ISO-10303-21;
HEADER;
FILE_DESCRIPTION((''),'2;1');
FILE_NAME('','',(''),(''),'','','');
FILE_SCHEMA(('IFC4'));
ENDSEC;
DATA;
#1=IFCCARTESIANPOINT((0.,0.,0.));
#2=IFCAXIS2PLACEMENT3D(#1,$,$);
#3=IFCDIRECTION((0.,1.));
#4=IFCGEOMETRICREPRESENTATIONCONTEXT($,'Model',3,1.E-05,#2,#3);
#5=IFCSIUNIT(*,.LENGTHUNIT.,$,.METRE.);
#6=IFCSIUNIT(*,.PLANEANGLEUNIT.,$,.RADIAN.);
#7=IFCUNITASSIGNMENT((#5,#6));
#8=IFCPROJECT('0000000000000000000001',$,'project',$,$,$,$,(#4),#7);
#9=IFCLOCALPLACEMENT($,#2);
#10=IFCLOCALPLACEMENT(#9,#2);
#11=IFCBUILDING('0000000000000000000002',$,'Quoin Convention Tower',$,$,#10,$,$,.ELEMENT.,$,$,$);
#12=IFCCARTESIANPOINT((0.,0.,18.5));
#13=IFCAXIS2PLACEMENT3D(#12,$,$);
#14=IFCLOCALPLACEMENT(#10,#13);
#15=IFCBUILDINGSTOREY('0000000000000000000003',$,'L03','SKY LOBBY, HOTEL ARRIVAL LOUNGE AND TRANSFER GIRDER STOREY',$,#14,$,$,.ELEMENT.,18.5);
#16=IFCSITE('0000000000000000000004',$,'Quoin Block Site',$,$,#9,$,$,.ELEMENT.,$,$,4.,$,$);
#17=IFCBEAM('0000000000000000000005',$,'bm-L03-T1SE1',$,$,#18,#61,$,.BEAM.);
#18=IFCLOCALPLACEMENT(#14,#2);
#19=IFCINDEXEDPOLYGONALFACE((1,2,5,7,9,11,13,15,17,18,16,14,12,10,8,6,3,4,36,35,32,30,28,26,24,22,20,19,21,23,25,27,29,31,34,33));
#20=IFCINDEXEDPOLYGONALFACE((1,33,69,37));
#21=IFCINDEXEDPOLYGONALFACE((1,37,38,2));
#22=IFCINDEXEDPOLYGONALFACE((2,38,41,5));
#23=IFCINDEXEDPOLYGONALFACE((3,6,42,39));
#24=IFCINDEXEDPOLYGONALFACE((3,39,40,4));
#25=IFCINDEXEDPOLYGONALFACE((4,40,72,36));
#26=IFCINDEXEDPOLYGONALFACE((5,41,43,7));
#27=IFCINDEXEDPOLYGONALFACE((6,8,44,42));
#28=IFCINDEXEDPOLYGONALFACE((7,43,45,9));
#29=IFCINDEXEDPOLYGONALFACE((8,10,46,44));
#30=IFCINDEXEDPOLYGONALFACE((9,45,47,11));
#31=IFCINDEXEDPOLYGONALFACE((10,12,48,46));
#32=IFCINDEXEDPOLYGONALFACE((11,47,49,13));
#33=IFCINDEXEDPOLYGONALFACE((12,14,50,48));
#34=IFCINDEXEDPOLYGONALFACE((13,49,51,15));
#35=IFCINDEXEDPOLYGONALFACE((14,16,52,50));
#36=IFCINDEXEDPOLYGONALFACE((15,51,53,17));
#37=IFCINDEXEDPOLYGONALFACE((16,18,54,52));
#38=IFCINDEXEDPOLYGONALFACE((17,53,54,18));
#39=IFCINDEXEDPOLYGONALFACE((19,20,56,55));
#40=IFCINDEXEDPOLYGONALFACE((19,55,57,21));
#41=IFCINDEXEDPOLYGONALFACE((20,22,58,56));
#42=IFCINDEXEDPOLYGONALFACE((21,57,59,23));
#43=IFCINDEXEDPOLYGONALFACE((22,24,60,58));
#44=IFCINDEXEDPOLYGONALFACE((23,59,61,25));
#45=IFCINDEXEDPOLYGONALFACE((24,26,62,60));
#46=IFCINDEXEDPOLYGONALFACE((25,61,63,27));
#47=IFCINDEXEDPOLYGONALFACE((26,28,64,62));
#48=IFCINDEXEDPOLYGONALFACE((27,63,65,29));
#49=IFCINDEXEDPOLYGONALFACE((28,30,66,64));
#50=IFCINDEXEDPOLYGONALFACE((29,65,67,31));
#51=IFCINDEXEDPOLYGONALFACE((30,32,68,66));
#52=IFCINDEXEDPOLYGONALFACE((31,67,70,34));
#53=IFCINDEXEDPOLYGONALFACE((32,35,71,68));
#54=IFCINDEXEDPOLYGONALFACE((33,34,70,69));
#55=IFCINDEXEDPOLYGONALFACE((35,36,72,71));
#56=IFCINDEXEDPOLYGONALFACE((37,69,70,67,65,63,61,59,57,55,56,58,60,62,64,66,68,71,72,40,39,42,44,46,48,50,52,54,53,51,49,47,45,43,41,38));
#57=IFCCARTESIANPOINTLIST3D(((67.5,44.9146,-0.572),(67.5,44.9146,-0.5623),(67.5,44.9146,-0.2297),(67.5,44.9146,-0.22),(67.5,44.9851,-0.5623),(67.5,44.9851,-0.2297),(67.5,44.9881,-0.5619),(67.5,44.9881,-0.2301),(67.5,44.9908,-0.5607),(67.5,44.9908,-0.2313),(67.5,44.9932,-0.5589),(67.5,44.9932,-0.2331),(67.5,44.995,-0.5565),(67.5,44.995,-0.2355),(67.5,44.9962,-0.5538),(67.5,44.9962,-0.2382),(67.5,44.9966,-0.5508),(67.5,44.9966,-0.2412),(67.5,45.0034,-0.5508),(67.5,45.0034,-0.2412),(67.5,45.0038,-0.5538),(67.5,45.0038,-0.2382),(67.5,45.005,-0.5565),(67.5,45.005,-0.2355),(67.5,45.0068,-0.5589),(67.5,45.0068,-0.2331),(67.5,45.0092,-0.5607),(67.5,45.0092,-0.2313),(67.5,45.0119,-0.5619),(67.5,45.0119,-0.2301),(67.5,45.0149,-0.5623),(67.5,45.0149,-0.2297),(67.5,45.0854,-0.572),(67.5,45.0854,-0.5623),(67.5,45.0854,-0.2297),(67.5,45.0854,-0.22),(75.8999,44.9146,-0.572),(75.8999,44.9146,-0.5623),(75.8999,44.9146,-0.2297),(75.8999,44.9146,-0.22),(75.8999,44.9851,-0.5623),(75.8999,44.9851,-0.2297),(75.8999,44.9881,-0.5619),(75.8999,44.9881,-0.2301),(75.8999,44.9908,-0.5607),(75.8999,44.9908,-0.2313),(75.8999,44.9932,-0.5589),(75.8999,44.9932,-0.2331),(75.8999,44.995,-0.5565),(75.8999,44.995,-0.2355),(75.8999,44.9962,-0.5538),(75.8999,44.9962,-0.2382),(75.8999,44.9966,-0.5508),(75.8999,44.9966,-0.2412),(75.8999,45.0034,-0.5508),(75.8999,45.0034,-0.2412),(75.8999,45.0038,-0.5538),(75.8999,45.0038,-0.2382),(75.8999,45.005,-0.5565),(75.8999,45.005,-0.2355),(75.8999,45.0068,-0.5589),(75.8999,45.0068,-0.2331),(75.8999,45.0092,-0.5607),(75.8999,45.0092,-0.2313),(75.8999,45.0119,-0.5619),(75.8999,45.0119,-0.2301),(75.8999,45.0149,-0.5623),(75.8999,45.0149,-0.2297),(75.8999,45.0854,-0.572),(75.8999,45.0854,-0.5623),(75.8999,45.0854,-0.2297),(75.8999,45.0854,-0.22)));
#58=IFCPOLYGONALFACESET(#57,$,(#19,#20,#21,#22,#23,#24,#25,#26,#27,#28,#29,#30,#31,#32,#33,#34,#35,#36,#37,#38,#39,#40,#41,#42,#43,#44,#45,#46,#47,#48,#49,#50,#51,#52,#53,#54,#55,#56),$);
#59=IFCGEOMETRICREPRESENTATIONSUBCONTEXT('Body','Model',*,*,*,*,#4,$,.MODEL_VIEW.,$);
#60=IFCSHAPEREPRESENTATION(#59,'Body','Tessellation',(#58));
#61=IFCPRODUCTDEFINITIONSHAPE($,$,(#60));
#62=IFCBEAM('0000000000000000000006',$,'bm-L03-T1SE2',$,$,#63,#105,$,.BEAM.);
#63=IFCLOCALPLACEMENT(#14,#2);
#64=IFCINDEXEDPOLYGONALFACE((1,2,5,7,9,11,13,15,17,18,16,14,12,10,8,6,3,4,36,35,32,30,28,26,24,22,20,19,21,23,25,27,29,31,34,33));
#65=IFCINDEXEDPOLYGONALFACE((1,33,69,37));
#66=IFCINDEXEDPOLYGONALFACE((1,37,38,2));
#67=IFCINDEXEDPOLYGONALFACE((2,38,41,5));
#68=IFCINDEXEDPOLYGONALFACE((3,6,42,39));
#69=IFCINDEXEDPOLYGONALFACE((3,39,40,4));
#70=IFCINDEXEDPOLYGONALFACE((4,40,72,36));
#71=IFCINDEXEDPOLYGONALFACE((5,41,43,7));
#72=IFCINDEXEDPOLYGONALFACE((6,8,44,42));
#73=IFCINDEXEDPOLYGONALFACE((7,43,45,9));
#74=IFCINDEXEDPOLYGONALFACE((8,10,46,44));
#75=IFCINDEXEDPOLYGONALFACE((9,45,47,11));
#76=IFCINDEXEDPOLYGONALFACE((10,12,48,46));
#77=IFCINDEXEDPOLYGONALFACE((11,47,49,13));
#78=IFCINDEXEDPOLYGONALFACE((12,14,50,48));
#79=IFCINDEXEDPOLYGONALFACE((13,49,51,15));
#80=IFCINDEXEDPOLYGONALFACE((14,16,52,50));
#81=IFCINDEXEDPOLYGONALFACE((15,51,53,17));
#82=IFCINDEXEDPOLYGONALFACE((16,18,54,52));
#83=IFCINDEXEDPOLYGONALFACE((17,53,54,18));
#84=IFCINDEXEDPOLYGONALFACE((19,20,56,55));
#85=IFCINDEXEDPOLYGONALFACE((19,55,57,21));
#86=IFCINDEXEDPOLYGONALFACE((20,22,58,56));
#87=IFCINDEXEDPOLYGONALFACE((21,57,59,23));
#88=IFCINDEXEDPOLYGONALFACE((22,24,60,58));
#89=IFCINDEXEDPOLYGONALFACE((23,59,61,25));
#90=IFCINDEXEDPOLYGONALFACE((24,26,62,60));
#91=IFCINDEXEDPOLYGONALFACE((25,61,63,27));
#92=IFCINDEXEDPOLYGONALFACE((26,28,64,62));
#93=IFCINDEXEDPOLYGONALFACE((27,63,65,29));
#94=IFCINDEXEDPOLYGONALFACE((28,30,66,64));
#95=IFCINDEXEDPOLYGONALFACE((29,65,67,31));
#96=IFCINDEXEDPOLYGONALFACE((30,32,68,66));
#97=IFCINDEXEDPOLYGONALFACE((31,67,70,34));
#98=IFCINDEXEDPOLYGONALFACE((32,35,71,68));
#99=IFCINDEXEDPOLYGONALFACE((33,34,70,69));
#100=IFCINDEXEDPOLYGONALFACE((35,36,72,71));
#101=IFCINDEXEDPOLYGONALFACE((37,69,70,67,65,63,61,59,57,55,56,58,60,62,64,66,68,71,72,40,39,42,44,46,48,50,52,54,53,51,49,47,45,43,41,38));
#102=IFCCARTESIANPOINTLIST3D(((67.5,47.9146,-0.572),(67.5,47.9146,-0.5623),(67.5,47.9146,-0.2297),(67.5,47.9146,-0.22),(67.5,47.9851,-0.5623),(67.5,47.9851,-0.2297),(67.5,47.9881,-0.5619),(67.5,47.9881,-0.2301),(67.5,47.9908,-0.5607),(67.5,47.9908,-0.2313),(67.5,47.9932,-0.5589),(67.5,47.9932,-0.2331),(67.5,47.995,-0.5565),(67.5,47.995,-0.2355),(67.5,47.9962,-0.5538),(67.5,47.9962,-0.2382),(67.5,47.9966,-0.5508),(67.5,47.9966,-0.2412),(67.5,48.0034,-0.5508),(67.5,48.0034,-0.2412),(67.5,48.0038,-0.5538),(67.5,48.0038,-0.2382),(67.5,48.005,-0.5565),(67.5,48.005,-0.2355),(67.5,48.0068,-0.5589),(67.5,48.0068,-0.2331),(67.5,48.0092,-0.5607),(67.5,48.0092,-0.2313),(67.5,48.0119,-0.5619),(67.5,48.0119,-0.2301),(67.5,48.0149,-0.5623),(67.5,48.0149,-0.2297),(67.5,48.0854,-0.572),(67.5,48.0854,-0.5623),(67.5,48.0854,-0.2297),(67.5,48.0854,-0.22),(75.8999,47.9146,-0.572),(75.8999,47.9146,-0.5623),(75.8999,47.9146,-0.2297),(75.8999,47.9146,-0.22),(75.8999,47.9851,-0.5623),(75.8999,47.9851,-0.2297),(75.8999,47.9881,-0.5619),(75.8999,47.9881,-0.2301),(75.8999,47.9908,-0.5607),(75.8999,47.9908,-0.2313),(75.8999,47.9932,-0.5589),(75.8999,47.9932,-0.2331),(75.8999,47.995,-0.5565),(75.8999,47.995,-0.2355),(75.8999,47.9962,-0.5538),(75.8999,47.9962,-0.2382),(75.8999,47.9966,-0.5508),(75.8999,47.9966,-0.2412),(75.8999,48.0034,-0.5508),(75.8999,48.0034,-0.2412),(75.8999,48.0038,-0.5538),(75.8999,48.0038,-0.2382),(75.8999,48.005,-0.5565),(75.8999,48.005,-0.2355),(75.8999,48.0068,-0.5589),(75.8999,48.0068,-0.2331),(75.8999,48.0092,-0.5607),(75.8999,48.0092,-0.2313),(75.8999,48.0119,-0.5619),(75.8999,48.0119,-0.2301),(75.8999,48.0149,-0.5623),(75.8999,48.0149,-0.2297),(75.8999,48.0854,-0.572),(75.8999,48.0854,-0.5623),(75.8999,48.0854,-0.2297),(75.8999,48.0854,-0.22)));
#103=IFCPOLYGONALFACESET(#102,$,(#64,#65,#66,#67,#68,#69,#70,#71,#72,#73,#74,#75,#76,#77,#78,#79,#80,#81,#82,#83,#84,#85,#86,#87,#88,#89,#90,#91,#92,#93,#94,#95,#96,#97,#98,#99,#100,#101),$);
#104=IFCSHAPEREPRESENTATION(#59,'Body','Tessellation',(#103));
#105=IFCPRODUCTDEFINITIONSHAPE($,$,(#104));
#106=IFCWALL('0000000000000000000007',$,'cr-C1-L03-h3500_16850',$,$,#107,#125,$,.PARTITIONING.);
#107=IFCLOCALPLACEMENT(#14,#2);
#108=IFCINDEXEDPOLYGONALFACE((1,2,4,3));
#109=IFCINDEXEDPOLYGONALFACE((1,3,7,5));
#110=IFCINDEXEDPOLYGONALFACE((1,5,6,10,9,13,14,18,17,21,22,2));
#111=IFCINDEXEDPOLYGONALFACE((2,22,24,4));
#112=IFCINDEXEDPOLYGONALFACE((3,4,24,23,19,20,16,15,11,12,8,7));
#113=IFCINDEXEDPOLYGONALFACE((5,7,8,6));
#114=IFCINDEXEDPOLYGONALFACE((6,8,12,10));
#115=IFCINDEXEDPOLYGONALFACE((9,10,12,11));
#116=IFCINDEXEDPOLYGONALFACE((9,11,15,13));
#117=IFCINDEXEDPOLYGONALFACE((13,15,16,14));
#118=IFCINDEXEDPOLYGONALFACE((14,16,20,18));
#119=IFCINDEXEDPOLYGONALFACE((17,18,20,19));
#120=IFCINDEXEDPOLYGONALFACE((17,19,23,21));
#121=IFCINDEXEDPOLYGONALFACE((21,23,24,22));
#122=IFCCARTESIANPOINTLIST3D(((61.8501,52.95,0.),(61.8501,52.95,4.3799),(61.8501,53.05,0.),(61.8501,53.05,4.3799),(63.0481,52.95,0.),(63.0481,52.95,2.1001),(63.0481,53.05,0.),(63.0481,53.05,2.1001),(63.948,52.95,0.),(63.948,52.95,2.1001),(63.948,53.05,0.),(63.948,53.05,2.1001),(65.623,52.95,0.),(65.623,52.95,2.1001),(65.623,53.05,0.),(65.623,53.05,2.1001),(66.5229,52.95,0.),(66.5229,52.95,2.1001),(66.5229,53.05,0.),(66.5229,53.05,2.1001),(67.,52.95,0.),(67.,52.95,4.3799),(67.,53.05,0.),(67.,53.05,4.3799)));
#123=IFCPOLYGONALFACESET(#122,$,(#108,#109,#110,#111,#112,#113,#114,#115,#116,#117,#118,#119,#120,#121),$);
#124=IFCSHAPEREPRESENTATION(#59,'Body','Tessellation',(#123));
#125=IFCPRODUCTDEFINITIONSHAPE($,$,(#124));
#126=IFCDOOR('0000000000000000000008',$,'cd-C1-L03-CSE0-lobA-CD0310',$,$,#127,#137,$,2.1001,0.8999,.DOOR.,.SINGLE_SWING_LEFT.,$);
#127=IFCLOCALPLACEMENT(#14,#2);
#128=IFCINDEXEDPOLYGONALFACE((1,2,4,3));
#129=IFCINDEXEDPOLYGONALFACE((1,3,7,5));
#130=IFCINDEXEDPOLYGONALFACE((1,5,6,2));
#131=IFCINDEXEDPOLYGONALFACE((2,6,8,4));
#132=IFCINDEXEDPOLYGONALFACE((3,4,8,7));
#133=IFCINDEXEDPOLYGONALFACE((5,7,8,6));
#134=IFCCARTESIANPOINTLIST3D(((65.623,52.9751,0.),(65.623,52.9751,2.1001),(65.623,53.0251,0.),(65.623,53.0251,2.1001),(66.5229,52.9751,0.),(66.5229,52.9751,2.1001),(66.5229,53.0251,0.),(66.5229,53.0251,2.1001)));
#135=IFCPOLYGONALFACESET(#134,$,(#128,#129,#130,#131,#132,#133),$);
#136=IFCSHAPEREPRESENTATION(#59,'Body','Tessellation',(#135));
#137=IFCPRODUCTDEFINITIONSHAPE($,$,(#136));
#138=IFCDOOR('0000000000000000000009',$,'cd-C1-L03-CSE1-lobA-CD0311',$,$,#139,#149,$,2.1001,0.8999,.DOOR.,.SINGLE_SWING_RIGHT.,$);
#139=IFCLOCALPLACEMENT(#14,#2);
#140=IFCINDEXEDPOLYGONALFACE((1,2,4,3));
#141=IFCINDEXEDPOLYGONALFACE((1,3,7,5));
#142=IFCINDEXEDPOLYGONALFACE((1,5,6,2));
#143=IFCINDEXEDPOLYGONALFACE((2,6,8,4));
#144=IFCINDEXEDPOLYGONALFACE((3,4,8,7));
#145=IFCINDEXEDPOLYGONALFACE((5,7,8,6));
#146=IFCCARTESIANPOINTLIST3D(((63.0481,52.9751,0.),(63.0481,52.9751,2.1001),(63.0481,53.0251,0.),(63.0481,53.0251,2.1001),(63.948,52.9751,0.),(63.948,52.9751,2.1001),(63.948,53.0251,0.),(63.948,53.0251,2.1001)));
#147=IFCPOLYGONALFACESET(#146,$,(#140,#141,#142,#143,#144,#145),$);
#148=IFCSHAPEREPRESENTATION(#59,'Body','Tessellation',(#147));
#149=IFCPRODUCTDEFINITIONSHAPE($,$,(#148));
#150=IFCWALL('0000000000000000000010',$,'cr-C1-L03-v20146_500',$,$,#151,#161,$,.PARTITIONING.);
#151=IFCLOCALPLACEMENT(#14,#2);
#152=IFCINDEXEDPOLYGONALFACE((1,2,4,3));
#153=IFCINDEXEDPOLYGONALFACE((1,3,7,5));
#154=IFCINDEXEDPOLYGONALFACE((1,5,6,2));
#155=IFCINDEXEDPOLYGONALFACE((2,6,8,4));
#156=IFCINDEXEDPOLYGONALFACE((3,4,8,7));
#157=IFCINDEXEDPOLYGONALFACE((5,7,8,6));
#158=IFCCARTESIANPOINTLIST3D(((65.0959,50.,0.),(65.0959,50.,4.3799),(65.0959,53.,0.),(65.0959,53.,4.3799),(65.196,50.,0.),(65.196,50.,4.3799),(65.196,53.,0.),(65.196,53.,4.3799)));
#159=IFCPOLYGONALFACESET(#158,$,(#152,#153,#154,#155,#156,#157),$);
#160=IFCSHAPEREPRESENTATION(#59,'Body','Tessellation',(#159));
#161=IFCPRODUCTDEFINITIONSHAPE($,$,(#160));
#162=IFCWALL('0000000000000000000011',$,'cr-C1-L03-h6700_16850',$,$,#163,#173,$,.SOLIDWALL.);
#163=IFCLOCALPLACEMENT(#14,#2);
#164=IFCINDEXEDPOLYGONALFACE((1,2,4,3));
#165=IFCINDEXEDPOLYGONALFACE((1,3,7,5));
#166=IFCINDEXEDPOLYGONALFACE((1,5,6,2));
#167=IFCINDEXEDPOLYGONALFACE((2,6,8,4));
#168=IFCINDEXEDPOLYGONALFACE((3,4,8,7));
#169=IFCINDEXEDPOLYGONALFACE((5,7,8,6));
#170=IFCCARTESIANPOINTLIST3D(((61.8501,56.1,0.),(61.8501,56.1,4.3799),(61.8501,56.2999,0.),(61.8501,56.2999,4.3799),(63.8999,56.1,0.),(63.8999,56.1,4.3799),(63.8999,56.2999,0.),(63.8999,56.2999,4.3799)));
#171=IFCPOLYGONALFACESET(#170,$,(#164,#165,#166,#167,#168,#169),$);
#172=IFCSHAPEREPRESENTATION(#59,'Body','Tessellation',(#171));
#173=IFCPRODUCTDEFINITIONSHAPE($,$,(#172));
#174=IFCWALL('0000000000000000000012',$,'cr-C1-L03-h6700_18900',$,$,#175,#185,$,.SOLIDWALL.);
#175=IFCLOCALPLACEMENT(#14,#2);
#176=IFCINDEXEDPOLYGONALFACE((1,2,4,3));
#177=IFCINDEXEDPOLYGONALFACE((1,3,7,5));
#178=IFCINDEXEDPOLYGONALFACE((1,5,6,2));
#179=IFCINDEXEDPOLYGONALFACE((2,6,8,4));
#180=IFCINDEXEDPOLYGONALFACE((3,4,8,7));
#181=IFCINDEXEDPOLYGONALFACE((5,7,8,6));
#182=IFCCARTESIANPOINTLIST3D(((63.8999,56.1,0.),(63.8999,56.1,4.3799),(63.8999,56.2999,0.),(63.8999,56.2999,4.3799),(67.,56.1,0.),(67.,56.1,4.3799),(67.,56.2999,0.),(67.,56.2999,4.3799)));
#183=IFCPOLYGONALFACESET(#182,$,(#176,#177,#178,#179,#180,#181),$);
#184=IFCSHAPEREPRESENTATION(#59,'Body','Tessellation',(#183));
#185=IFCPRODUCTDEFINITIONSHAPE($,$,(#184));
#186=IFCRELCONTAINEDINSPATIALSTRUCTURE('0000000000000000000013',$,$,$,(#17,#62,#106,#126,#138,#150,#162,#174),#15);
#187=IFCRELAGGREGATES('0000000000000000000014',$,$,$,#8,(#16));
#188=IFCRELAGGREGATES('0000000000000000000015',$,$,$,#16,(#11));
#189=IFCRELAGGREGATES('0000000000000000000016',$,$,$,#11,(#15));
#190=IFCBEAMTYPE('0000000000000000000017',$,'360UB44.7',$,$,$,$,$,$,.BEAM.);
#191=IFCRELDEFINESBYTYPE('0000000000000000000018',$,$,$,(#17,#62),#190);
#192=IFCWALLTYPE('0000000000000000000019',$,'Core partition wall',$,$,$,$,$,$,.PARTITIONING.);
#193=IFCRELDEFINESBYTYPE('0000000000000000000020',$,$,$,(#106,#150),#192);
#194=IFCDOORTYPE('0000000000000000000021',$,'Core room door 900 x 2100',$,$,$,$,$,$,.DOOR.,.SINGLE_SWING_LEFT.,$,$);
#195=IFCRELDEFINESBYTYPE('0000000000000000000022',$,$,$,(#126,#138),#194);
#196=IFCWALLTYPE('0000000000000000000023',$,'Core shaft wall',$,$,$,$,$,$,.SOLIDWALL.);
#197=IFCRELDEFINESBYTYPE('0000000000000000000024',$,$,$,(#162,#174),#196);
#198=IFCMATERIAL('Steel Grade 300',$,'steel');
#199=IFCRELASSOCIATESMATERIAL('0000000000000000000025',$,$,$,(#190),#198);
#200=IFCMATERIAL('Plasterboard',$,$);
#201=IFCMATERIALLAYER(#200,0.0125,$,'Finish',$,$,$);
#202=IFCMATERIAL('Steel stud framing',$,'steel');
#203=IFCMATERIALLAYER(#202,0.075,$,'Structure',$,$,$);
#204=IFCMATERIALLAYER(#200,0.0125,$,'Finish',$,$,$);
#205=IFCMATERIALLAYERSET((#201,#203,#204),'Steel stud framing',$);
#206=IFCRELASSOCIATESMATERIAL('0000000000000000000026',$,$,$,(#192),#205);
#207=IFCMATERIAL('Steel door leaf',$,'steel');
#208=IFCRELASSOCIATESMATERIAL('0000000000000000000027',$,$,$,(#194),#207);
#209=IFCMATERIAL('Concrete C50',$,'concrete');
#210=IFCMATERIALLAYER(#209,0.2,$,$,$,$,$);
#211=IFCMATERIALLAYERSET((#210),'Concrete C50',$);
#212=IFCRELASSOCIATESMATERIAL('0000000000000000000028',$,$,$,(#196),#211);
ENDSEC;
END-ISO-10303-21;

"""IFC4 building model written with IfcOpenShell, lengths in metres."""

from ifc_helpers import new_model, si_unit, direction, frame, frame_2d, origin, origin_2d, place, context, subcontext, project, spatial, rectangle, i_section, extrude, material, layer, layer_set, material_profile, profile_set, type_object, element, fill, save


model = new_model("IFC4")

# Units and contexts
model_context = context("Model", 3, precision=1e-05, world=origin(), true_north=direction((0.0, 1.0)))
body_context = subcontext(model_context, "Body", "Model", "MODEL_VIEW")
ifc_project = project(units=[si_unit("LENGTHUNIT", "METRE"), si_unit("PLANEANGLEUNIT", "RADIAN")], contexts=[model_context])

# Site, building, storey
site_placement = place(None, origin())
site = spatial("IfcSite", under=ifc_project, at=site_placement, Name="Quoin Block Site", CompositionType="ELEMENT", RefElevation=4.0)
building_placement = place(site_placement, origin())
building = spatial("IfcBuilding", under=site, at=building_placement, Name="Quoin Convention Tower", CompositionType="ELEMENT")
storey_placement = place(building_placement, frame((0.0, 0.0, 18.5)))
storey = spatial("IfcBuildingStorey", under=building, at=storey_placement, Name="L03", Description="SKY LOBBY, HOTEL ARRIVAL LOUNGE AND TRANSFER GIRDER STOREY", CompositionType="ELEMENT", Elevation=18.5)

# Beams
ifc_material_1 = material(Name="Steel Grade 300", Category="steel")
ifc_material_profile_1 = material_profile(ifc_material_1, i_section(OverallWidth=0.1709, OverallDepth=0.3521, WebThickness=0.0068, FlangeThickness=0.0098, FilletRadius=0.0115, at=origin_2d()), Name="360UB44.7")
ifc_profile_set_1 = profile_set([ifc_material_profile_1], Name="Steel Grade 300")
beam_type_1 = type_object("IfcBeamType", Name="360UB44.7", PredefinedType="BEAM", material=ifc_profile_set_1)
for number, where, z_axis, x_axis, name in (
    (1, (67.5, 45.0, -0.396), (1.0, 0.0, 0.0), (0.0, 1.0, 0.0), "bm-L03-T1SE1"),
    (2, (67.5, 48.0, -0.396), (1.0, 0.0, 0.0), (0.0, 1.0, 0.0), "bm-L03-T1SE2"),
):
    element("IfcBeam", number, at=place(storey_placement, frame(where, z_axis=z_axis, x_axis=x_axis)), inside=storey, type_object=beam_type_1, Name=name, PredefinedType="BEAM", context=body_context, shape_type="SweptSolid", body=[
        extrude(i_section(OverallWidth=0.1709, OverallDepth=0.3521, WebThickness=0.0068, FlangeThickness=0.0098, FilletRadius=0.0115, at=origin_2d()), origin(), (0.0, 0.0, 1.0), 8.3999),
    ])

# Wall, openings, doors
ifc_material_2 = material(Name="Plasterboard")
ifc_layer_1 = layer(ifc_material_2, 0.0125, Name="Finish")
ifc_material_3 = material(Name="Steel stud framing", Category="steel")
ifc_layer_2 = layer(ifc_material_3, 0.075, Name="Structure")
ifc_layer_3 = layer(ifc_material_2, 0.0125, Name="Finish")
ifc_layer_set_1 = layer_set([ifc_layer_1, ifc_layer_2, ifc_layer_3], Name="Steel stud framing")
wall_type_1 = type_object("IfcWallType", Name="Core partition wall", PredefinedType="PARTITIONING", material=ifc_layer_set_1)
wall_1_placement = place(storey_placement, frame((61.8501, 53.0, 0.0), z_axis=(0.0, 0.0, 1.0), x_axis=(1.0, 0.0, 0.0)))
wall_1 = element("IfcWall", 3, at=wall_1_placement, inside=storey, type_object=wall_type_1, Name="cr-C1-L03-h3500_16850", PredefinedType="PARTITIONING", context=body_context, shape_type="SweptSolid", body=[
    extrude(rectangle(XDim=5.1499, YDim=0.1001, at=frame_2d((2.575, 0.0))), origin(), (0.0, 0.0, 1.0), 4.3799),
])
opening_1_placement = place(wall_1_placement, frame((3.7729, 0.0, 0.0)))
opening_1 = element("IfcOpeningElement", 4, at=opening_1_placement, cuts=wall_1, PredefinedType="OPENING", context=body_context, shape_type="SweptSolid", body=[
    extrude(rectangle(XDim=0.8999, YDim=2.1001, at=frame_2d((0.45, 1.05))), frame((0.0, 0.0601, 0.0), z_axis=(0.0, -1.0, 0.0), x_axis=(1.0, 0.0, 0.0)), (0.0, 0.0, 1.0), 0.1201),
])
opening_2_placement = place(wall_1_placement, frame((1.198, 0.0, 0.0)))
opening_2 = element("IfcOpeningElement", 5, at=opening_2_placement, cuts=wall_1, PredefinedType="OPENING", context=body_context, shape_type="SweptSolid", body=[
    extrude(rectangle(XDim=0.8999, YDim=2.1001, at=frame_2d((0.45, 1.05))), frame((0.0, 0.0601, 0.0), z_axis=(0.0, -1.0, 0.0), x_axis=(1.0, 0.0, 0.0)), (0.0, 0.0, 1.0), 0.1201),
])
ifc_material_4 = material(Name="Steel door leaf", Category="steel")
door_type_1 = type_object("IfcDoorType", Name="Core room door 900 x 2100", OperationType="SINGLE_SWING_LEFT", PredefinedType="DOOR", material=ifc_material_4)
door_1_placement = place(opening_1_placement, frame((0.8999, 0.0, 0.0), z_axis=(0.0, 0.0, 1.0), x_axis=(-1.0, 0.0, 0.0)))
door_1 = element("IfcDoor", 6, at=door_1_placement, inside=storey, type_object=door_type_1, Name="cd-C1-L03-CSE0-lobA-CD0310", OperationType="SINGLE_SWING_LEFT", OverallHeight=2.1001, OverallWidth=0.8999, PredefinedType="DOOR", context=body_context, shape_type="SweptSolid", body=[
    extrude(rectangle(XDim=0.8999, YDim=2.1001, at=frame_2d((0.45, 1.05))), frame((0.0, 0.0249, 0.0), z_axis=(0.0, -1.0, 0.0), x_axis=(1.0, 0.0, 0.0)), (0.0, 0.0, 1.0), 0.05),
])
fill(opening_1, door_1)
door_2_placement = place(opening_2_placement, frame((0.8999, 0.0, 0.0), z_axis=(0.0, 0.0, 1.0), x_axis=(-1.0, 0.0, 0.0)))
door_2 = element("IfcDoor", 7, at=door_2_placement, inside=storey, type_object=door_type_1, Name="cd-C1-L03-CSE1-lobA-CD0311", OperationType="SINGLE_SWING_RIGHT", OverallHeight=2.1001, OverallWidth=0.8999, PredefinedType="DOOR", context=body_context, shape_type="SweptSolid", body=[
    extrude(rectangle(XDim=0.8999, YDim=2.1001, at=frame_2d((0.45, 1.05))), frame((0.0, 0.0249, 0.0), z_axis=(0.0, -1.0, 0.0), x_axis=(1.0, 0.0, 0.0)), (0.0, 0.0, 1.0), 0.05),
])
fill(opening_2, door_2)

# Walls
wall_2_placement = place(storey_placement, frame((65.146, 50.0, 0.0), z_axis=(0.0, 0.0, 1.0), x_axis=(0.0, 1.0, 0.0)))
element("IfcWall", 8, at=wall_2_placement, inside=storey, type_object=wall_type_1, Name="cr-C1-L03-v20146_500", PredefinedType="PARTITIONING", context=body_context, shape_type="SweptSolid", body=[
    extrude(rectangle(XDim=3.0, YDim=0.1001, at=frame_2d((1.5, 0.0))), origin(), (0.0, 0.0, 1.0), 4.3799),
])
ifc_material_5 = material(Name="Concrete C50", Category="concrete")
ifc_layer_4 = layer(ifc_material_5, 0.2)
ifc_layer_set_2 = layer_set([ifc_layer_4], Name="Concrete C50")
wall_type_2 = type_object("IfcWallType", Name="Core shaft wall", PredefinedType="SOLIDWALL", material=ifc_layer_set_2)
wall_3_placement = place(storey_placement, frame((61.8501, 56.2, 0.0), z_axis=(0.0, 0.0, 1.0), x_axis=(1.0, 0.0, 0.0)))
element("IfcWall", 9, at=wall_3_placement, inside=storey, type_object=wall_type_2, Name="cr-C1-L03-h6700_16850", PredefinedType="SOLIDWALL", context=body_context, shape_type="SweptSolid", body=[
    extrude(rectangle(XDim=2.0498, YDim=0.2, at=frame_2d((1.0249, 0.0))), origin(), (0.0, 0.0, 1.0), 4.3799),
])
wall_4_placement = place(storey_placement, frame((63.8999, 56.2, 0.0), z_axis=(0.0, 0.0, 1.0), x_axis=(1.0, 0.0, 0.0)))
element("IfcWall", 10, at=wall_4_placement, inside=storey, type_object=wall_type_2, Name="cr-C1-L03-h6700_18900", PredefinedType="SOLIDWALL", context=body_context, shape_type="SweptSolid", body=[
    extrude(rectangle(XDim=3.1001, YDim=0.2, at=frame_2d((1.55, 0.0))), origin(), (0.0, 0.0, 1.0), 4.3799),
])

save(model, "model.ifc")
